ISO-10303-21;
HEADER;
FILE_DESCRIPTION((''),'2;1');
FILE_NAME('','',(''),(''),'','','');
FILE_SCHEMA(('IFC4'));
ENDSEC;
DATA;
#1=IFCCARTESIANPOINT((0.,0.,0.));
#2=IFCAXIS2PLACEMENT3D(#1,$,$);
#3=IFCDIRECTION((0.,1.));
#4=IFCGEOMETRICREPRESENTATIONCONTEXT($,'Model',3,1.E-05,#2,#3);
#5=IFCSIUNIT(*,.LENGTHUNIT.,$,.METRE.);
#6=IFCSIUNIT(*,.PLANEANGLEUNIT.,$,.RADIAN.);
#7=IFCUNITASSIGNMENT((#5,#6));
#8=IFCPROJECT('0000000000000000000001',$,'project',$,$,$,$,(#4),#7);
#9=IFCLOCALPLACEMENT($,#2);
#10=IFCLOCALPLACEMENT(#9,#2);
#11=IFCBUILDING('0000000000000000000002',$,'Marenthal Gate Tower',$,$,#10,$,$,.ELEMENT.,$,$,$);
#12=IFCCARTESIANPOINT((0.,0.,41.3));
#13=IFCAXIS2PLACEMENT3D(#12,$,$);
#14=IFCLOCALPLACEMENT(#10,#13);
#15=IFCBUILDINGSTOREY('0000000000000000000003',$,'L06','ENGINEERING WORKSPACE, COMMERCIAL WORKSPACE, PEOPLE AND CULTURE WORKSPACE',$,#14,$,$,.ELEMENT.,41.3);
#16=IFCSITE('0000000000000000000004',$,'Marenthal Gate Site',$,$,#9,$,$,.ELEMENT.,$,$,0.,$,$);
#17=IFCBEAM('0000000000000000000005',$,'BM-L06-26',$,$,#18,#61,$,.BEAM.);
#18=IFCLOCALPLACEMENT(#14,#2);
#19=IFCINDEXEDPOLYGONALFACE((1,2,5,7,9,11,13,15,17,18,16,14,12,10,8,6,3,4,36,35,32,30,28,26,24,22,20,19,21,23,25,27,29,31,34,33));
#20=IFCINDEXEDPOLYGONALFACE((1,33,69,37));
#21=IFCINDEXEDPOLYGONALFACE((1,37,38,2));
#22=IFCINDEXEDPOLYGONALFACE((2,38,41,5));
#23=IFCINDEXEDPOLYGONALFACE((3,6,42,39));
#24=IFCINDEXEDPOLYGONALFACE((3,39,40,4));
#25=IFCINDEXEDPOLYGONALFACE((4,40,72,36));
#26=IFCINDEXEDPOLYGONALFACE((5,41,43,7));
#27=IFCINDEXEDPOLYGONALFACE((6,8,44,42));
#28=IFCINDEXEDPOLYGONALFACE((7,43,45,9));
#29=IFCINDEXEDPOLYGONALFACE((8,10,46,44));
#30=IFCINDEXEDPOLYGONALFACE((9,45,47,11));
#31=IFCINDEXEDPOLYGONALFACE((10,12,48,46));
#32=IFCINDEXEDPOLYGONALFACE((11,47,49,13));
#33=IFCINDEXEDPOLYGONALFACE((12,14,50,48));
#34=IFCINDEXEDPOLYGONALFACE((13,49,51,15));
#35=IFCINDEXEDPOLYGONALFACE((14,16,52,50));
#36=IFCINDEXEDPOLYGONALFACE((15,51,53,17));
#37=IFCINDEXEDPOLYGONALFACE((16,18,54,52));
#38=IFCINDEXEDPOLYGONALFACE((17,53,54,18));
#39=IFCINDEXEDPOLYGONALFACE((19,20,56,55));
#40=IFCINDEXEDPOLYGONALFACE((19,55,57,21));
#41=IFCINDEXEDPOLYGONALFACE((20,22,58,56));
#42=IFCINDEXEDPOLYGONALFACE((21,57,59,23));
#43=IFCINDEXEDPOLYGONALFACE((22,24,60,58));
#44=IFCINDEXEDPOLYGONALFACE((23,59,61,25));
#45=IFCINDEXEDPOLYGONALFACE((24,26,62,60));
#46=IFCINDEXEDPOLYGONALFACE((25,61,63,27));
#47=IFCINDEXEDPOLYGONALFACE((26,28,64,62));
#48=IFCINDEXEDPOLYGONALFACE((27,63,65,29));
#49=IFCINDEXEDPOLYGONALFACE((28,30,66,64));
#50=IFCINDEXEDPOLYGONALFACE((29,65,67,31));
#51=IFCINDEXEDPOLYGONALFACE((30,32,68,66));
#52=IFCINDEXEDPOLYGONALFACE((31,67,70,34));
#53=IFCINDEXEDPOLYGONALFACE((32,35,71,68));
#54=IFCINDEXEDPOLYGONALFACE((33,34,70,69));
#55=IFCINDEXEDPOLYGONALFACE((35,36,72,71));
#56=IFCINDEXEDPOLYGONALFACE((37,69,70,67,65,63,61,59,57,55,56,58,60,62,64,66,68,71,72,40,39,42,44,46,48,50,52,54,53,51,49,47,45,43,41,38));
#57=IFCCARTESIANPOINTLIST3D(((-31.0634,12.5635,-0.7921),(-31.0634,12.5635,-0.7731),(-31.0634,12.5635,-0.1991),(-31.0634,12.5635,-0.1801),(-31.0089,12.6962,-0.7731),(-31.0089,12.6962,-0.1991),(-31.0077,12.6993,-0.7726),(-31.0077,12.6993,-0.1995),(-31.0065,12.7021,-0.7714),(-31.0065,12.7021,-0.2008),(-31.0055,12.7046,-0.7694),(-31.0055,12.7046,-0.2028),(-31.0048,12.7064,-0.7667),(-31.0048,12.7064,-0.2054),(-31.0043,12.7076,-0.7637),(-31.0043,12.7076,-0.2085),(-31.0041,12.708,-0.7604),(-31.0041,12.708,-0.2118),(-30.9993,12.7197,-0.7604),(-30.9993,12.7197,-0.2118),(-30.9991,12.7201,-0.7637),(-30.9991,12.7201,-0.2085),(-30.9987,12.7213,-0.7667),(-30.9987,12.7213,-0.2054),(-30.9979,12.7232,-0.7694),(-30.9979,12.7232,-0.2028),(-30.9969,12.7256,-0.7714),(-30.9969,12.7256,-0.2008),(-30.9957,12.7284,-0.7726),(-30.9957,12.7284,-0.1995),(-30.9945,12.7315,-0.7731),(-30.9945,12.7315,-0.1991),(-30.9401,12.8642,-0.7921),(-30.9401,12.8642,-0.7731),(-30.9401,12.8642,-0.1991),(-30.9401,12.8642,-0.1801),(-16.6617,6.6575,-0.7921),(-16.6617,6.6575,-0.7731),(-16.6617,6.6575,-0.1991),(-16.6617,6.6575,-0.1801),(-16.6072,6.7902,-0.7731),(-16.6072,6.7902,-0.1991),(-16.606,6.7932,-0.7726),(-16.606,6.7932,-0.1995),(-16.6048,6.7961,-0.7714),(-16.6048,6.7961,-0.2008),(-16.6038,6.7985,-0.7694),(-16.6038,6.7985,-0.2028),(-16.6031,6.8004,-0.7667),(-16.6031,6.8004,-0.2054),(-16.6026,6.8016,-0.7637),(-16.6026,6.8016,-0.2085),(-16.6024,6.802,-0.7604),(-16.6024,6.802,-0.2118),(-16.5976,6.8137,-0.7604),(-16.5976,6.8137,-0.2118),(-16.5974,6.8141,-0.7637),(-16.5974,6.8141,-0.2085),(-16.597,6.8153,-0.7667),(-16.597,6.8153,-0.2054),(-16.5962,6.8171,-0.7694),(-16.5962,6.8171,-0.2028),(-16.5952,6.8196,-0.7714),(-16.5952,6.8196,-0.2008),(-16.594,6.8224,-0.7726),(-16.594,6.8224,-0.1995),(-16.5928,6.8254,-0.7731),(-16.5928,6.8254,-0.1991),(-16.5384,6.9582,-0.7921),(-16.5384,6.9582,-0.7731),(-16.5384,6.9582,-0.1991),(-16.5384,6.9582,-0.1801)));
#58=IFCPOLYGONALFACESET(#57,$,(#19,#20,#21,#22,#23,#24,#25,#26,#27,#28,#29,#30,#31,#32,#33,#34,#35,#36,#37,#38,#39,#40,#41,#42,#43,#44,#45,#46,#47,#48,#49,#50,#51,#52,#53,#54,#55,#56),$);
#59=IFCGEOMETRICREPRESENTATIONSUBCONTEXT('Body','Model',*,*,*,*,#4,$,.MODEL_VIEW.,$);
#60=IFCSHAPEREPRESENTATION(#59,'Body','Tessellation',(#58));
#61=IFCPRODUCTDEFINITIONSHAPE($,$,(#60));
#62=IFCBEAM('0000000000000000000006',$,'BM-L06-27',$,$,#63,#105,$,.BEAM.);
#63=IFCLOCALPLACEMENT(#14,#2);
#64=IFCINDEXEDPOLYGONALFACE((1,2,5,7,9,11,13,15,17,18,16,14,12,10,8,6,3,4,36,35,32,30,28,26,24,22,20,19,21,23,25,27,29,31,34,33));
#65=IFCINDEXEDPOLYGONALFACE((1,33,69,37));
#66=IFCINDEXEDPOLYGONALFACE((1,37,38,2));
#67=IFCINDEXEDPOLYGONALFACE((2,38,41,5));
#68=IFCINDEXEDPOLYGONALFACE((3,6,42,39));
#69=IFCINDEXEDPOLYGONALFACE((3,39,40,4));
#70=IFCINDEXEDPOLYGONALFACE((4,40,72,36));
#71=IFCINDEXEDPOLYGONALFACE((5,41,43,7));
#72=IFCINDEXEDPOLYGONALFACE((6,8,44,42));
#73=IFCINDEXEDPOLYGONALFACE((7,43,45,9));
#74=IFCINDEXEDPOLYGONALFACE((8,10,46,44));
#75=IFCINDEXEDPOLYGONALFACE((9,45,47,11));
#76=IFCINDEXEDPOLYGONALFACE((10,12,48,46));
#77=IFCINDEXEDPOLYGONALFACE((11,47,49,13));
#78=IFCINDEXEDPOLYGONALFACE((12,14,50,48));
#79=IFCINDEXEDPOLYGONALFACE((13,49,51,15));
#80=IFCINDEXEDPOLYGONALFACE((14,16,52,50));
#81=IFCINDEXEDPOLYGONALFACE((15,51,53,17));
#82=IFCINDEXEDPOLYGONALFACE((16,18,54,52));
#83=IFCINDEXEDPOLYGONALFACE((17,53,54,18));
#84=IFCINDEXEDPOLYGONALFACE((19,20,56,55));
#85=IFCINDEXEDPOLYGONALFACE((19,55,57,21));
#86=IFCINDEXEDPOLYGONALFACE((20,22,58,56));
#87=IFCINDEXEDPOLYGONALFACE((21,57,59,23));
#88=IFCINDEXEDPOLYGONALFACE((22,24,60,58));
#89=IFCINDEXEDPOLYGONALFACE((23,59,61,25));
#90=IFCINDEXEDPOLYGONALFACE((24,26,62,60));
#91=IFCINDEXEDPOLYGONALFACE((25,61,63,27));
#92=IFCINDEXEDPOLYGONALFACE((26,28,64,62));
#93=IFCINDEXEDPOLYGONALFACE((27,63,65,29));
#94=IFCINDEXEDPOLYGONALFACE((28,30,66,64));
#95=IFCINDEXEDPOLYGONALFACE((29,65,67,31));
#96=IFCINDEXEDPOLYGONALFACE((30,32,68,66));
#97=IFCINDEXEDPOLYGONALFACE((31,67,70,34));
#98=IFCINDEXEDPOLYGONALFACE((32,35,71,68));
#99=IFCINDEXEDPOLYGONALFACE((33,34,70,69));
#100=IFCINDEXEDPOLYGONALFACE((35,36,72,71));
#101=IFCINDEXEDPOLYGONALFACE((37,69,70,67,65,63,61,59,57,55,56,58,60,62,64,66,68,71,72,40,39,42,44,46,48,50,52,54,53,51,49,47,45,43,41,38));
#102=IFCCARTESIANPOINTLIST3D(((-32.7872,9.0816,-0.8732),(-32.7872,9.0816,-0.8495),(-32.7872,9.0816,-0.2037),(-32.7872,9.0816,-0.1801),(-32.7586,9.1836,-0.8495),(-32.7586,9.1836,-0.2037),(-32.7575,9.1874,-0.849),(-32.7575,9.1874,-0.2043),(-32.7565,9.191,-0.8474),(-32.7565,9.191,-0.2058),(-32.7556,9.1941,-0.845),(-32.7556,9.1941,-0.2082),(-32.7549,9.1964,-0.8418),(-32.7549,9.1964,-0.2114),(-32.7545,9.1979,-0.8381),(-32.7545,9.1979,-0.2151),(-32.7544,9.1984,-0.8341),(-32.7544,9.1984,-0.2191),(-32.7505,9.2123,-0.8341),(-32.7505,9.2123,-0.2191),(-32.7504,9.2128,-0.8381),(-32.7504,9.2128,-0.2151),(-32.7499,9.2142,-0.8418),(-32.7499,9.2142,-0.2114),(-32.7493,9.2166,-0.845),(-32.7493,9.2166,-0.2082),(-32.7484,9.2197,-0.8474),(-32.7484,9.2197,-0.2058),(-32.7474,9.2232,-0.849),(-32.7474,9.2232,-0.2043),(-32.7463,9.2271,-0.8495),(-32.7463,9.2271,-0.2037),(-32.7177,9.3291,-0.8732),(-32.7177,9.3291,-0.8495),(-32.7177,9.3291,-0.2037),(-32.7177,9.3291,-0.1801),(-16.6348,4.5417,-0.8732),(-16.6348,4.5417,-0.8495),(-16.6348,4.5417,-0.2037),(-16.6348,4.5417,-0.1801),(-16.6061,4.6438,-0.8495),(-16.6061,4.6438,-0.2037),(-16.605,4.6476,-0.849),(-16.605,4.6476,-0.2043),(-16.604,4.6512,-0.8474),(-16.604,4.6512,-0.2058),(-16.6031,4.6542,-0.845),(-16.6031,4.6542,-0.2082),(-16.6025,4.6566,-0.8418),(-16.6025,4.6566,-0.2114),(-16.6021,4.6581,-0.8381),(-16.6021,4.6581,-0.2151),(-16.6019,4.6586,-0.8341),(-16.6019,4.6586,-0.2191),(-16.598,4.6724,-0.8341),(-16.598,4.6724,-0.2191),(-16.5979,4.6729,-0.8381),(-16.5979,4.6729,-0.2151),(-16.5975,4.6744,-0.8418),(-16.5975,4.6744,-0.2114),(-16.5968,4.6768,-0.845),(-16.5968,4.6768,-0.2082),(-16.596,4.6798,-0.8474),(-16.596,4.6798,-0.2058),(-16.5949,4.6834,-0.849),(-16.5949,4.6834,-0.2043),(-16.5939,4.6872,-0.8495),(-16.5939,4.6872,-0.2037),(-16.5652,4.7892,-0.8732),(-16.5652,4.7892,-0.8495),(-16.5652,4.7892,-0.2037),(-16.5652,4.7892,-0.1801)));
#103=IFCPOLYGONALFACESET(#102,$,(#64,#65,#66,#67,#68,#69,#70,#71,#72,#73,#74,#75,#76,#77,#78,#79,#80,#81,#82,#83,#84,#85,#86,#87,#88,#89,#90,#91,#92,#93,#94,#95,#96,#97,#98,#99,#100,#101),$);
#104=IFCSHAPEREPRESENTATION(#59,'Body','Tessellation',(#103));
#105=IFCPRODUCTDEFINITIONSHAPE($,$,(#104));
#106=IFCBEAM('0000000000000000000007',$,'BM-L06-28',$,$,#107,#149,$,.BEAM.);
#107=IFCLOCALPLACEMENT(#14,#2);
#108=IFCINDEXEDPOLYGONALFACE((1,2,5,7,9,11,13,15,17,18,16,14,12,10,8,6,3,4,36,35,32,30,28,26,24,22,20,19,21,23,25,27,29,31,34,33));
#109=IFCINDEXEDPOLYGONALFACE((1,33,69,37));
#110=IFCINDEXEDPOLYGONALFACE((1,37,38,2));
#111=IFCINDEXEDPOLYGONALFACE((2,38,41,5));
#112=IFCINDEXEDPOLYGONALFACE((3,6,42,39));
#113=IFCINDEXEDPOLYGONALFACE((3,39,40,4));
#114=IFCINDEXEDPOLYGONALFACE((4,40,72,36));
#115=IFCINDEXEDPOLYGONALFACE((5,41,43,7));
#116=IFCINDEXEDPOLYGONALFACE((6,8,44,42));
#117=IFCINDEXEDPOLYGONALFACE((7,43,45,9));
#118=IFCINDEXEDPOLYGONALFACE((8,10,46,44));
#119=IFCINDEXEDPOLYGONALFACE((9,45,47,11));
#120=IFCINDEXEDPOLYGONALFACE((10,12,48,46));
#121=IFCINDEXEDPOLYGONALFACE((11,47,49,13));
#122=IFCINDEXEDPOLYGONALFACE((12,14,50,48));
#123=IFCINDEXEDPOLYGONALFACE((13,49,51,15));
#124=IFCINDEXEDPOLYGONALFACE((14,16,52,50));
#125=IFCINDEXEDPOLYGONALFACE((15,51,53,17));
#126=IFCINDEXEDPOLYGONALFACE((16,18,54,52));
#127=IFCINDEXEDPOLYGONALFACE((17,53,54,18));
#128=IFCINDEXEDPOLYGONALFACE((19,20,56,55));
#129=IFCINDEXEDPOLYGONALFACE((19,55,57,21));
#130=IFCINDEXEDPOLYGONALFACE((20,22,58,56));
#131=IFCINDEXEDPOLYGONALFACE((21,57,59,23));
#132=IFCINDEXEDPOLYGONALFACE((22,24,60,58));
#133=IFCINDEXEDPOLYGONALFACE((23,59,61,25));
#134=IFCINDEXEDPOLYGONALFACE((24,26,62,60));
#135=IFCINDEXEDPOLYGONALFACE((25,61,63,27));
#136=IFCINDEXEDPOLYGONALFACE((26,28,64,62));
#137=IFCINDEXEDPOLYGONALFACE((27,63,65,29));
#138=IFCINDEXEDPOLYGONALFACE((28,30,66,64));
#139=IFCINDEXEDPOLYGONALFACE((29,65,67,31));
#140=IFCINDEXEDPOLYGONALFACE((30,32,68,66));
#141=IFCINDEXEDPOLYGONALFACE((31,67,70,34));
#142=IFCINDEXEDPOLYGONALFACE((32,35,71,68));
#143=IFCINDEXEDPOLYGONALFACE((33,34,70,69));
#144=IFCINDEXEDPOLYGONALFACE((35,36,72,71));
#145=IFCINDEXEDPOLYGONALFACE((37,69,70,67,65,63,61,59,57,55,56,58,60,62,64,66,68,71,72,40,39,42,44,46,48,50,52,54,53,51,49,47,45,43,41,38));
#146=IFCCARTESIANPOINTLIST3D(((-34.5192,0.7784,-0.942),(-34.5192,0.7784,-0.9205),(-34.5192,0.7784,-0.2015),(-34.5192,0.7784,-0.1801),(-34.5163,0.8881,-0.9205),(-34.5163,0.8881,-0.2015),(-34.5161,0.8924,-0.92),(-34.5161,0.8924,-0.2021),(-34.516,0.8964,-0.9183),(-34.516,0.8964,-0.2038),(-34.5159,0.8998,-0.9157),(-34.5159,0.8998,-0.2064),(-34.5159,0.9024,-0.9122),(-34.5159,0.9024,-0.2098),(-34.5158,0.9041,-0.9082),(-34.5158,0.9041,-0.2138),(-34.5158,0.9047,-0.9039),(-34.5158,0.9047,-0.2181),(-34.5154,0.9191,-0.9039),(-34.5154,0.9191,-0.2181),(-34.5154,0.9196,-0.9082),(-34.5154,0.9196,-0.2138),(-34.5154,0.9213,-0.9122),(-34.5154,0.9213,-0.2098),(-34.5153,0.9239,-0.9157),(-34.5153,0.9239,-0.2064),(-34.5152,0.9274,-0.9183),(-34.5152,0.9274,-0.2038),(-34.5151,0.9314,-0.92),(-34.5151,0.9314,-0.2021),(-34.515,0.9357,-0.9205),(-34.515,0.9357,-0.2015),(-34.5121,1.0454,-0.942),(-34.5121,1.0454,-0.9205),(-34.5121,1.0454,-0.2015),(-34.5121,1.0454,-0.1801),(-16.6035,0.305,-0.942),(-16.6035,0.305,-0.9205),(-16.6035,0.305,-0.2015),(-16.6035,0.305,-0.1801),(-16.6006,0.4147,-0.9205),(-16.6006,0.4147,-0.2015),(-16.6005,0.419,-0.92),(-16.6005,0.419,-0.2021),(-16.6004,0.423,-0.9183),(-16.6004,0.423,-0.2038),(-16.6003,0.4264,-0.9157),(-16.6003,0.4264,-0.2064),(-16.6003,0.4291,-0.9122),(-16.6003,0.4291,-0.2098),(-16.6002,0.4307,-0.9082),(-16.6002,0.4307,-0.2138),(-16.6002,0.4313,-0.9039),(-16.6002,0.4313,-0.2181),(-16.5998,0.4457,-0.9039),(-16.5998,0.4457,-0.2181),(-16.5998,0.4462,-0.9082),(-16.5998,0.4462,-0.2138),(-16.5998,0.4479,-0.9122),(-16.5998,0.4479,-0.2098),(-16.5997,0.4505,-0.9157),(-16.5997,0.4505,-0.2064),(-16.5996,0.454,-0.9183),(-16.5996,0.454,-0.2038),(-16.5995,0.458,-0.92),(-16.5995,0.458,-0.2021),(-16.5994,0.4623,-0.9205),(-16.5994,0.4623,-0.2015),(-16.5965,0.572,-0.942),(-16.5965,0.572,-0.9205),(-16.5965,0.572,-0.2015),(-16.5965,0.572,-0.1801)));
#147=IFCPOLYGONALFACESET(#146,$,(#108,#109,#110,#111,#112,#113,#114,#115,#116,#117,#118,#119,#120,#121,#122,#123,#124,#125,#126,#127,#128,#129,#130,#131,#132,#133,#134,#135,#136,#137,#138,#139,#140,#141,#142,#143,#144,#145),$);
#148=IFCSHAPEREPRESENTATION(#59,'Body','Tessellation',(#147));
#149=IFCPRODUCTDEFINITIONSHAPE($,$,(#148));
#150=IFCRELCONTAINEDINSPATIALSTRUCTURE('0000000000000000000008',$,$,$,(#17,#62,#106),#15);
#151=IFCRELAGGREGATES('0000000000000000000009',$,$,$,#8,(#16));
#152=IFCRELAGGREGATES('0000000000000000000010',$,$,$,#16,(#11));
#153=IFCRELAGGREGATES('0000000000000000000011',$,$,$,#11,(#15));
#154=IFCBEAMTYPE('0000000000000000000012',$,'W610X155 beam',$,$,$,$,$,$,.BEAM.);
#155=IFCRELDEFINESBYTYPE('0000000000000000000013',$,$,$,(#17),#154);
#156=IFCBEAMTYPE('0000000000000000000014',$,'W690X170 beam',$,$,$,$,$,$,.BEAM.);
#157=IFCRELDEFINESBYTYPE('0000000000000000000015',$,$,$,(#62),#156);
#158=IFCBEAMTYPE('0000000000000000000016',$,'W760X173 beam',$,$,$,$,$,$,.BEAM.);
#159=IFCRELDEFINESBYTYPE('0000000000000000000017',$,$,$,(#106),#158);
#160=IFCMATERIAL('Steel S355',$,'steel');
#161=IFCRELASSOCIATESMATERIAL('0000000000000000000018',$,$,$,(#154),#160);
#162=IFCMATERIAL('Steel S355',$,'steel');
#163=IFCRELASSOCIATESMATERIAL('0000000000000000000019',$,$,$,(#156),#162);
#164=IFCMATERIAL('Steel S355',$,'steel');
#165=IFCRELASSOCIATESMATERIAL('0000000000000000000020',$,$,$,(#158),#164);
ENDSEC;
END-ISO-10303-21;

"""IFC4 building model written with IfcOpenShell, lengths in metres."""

from ifc_helpers import new_model, si_unit, direction, frame, origin, origin_2d, place, context, subcontext, project, spatial, i_section, extrude, material, material_profile, profile_set, type_object, element, save


model = new_model("IFC4")

# Units and contexts
model_context = context("Model", 3, precision=1e-05, world=origin(), true_north=direction((0.0, 1.0)))
body_context = subcontext(model_context, "Body", "Model", "MODEL_VIEW")
ifc_project = project(units=[si_unit("LENGTHUNIT", "METRE"), si_unit("PLANEANGLEUNIT", "RADIAN")], contexts=[model_context])

# Site, building, storey
site_placement = place(None, origin())
site = spatial("IfcSite", under=ifc_project, at=site_placement, Name="Marenthal Gate Site", CompositionType="ELEMENT", RefElevation=0.0)
building_placement = place(site_placement, origin())
building = spatial("IfcBuilding", under=site, at=building_placement, Name="Marenthal Gate Tower", CompositionType="ELEMENT")
storey_placement = place(building_placement, frame((0.0, 0.0, 41.3)))
storey = spatial("IfcBuildingStorey", under=building, at=storey_placement, Name="L06", Description="ENGINEERING WORKSPACE, COMMERCIAL WORKSPACE, PEOPLE AND CULTURE WORKSPACE", CompositionType="ELEMENT", Elevation=41.3)

# Beams
ifc_material_1 = material(Name="Steel S355", Category="steel")
ifc_material_profile_1 = material_profile(ifc_material_1, i_section(OverallWidth=0.325, OverallDepth=0.6121, WebThickness=0.0127, FlangeThickness=0.019, FilletRadius=0.0127, at=origin_2d()), Name="W610X155")
ifc_profile_set_1 = profile_set([ifc_material_profile_1], Name="Steel S355")
beam_type_1 = type_object("IfcBeamType", Name="W610X155 beam", PredefinedType="BEAM", material=ifc_profile_set_1)
beam_1_placement = place(storey_placement, frame((-31.0017, 12.7139, -0.4861), z_axis=(0.925222, -0.379427, 0.0), x_axis=(0.379427, 0.925222, 0.0)))
element("IfcBeam", 1, at=beam_1_placement, inside=storey, type_object=beam_type_1, Name="BM-L06-26", PredefinedType="BEAM", context=body_context, shape_type="SweptSolid", body=[
    extrude(i_section(OverallWidth=0.325, OverallDepth=0.6121, WebThickness=0.0127, FlangeThickness=0.019, FilletRadius=0.0127, at=origin_2d()), origin(), (0.0, 0.0, 1.0), 15.5657),
])
ifc_material_2 = material(Name="Steel S355", Category="steel")
ifc_material_profile_2 = material_profile(ifc_material_2, i_section(OverallWidth=0.2571, OverallDepth=0.6931, WebThickness=0.0144, FlangeThickness=0.0237, FilletRadius=0.0154, at=origin_2d()), Name="W690X170")
ifc_profile_set_2 = profile_set([ifc_material_profile_2], Name="Steel S355")
beam_type_2 = type_object("IfcBeamType", Name="W690X170 beam", PredefinedType="BEAM", material=ifc_profile_set_2)
beam_2_placement = place(storey_placement, frame((-32.7524, 9.2053, -0.5266), z_axis=(0.962698, -0.270577, 0.0), x_axis=(0.270577, 0.962698, 0.0)))
element("IfcBeam", 2, at=beam_2_placement, inside=storey, type_object=beam_type_2, Name="BM-L06-27", PredefinedType="BEAM", context=body_context, shape_type="SweptSolid", body=[
    extrude(i_section(OverallWidth=0.2571, OverallDepth=0.6931, WebThickness=0.0144, FlangeThickness=0.0237, FilletRadius=0.0154, at=origin_2d()), origin(), (0.0, 0.0, 1.0), 16.7783),
])
ifc_material_3 = material(Name="Steel S355", Category="steel")
ifc_material_profile_3 = material_profile(ifc_material_3, i_section(OverallWidth=0.2671, OverallDepth=0.762, WebThickness=0.0144, FlangeThickness=0.0215, FilletRadius=0.0166, at=origin_2d()), Name="W760X173")
ifc_profile_set_3 = profile_set([ifc_material_profile_3], Name="Steel S355")
beam_type_3 = type_object("IfcBeamType", Name="W760X173 beam", PredefinedType="BEAM", material=ifc_profile_set_3)
beam_3_placement = place(storey_placement, frame((-34.5156, 0.9119, -0.561), z_axis=(0.999651, -0.026414, 0.0), x_axis=(0.026414, 0.999651, 0.0)))
element("IfcBeam", 3, at=beam_3_placement, inside=storey, type_object=beam_type_3, Name="BM-L06-28", PredefinedType="BEAM", context=body_context, shape_type="SweptSolid", body=[
    extrude(i_section(OverallWidth=0.2671, OverallDepth=0.762, WebThickness=0.0144, FlangeThickness=0.0215, FilletRadius=0.0166, at=origin_2d()), origin(), (0.0, 0.0, 1.0), 17.9219),
])

save(model, "model.ifc")
